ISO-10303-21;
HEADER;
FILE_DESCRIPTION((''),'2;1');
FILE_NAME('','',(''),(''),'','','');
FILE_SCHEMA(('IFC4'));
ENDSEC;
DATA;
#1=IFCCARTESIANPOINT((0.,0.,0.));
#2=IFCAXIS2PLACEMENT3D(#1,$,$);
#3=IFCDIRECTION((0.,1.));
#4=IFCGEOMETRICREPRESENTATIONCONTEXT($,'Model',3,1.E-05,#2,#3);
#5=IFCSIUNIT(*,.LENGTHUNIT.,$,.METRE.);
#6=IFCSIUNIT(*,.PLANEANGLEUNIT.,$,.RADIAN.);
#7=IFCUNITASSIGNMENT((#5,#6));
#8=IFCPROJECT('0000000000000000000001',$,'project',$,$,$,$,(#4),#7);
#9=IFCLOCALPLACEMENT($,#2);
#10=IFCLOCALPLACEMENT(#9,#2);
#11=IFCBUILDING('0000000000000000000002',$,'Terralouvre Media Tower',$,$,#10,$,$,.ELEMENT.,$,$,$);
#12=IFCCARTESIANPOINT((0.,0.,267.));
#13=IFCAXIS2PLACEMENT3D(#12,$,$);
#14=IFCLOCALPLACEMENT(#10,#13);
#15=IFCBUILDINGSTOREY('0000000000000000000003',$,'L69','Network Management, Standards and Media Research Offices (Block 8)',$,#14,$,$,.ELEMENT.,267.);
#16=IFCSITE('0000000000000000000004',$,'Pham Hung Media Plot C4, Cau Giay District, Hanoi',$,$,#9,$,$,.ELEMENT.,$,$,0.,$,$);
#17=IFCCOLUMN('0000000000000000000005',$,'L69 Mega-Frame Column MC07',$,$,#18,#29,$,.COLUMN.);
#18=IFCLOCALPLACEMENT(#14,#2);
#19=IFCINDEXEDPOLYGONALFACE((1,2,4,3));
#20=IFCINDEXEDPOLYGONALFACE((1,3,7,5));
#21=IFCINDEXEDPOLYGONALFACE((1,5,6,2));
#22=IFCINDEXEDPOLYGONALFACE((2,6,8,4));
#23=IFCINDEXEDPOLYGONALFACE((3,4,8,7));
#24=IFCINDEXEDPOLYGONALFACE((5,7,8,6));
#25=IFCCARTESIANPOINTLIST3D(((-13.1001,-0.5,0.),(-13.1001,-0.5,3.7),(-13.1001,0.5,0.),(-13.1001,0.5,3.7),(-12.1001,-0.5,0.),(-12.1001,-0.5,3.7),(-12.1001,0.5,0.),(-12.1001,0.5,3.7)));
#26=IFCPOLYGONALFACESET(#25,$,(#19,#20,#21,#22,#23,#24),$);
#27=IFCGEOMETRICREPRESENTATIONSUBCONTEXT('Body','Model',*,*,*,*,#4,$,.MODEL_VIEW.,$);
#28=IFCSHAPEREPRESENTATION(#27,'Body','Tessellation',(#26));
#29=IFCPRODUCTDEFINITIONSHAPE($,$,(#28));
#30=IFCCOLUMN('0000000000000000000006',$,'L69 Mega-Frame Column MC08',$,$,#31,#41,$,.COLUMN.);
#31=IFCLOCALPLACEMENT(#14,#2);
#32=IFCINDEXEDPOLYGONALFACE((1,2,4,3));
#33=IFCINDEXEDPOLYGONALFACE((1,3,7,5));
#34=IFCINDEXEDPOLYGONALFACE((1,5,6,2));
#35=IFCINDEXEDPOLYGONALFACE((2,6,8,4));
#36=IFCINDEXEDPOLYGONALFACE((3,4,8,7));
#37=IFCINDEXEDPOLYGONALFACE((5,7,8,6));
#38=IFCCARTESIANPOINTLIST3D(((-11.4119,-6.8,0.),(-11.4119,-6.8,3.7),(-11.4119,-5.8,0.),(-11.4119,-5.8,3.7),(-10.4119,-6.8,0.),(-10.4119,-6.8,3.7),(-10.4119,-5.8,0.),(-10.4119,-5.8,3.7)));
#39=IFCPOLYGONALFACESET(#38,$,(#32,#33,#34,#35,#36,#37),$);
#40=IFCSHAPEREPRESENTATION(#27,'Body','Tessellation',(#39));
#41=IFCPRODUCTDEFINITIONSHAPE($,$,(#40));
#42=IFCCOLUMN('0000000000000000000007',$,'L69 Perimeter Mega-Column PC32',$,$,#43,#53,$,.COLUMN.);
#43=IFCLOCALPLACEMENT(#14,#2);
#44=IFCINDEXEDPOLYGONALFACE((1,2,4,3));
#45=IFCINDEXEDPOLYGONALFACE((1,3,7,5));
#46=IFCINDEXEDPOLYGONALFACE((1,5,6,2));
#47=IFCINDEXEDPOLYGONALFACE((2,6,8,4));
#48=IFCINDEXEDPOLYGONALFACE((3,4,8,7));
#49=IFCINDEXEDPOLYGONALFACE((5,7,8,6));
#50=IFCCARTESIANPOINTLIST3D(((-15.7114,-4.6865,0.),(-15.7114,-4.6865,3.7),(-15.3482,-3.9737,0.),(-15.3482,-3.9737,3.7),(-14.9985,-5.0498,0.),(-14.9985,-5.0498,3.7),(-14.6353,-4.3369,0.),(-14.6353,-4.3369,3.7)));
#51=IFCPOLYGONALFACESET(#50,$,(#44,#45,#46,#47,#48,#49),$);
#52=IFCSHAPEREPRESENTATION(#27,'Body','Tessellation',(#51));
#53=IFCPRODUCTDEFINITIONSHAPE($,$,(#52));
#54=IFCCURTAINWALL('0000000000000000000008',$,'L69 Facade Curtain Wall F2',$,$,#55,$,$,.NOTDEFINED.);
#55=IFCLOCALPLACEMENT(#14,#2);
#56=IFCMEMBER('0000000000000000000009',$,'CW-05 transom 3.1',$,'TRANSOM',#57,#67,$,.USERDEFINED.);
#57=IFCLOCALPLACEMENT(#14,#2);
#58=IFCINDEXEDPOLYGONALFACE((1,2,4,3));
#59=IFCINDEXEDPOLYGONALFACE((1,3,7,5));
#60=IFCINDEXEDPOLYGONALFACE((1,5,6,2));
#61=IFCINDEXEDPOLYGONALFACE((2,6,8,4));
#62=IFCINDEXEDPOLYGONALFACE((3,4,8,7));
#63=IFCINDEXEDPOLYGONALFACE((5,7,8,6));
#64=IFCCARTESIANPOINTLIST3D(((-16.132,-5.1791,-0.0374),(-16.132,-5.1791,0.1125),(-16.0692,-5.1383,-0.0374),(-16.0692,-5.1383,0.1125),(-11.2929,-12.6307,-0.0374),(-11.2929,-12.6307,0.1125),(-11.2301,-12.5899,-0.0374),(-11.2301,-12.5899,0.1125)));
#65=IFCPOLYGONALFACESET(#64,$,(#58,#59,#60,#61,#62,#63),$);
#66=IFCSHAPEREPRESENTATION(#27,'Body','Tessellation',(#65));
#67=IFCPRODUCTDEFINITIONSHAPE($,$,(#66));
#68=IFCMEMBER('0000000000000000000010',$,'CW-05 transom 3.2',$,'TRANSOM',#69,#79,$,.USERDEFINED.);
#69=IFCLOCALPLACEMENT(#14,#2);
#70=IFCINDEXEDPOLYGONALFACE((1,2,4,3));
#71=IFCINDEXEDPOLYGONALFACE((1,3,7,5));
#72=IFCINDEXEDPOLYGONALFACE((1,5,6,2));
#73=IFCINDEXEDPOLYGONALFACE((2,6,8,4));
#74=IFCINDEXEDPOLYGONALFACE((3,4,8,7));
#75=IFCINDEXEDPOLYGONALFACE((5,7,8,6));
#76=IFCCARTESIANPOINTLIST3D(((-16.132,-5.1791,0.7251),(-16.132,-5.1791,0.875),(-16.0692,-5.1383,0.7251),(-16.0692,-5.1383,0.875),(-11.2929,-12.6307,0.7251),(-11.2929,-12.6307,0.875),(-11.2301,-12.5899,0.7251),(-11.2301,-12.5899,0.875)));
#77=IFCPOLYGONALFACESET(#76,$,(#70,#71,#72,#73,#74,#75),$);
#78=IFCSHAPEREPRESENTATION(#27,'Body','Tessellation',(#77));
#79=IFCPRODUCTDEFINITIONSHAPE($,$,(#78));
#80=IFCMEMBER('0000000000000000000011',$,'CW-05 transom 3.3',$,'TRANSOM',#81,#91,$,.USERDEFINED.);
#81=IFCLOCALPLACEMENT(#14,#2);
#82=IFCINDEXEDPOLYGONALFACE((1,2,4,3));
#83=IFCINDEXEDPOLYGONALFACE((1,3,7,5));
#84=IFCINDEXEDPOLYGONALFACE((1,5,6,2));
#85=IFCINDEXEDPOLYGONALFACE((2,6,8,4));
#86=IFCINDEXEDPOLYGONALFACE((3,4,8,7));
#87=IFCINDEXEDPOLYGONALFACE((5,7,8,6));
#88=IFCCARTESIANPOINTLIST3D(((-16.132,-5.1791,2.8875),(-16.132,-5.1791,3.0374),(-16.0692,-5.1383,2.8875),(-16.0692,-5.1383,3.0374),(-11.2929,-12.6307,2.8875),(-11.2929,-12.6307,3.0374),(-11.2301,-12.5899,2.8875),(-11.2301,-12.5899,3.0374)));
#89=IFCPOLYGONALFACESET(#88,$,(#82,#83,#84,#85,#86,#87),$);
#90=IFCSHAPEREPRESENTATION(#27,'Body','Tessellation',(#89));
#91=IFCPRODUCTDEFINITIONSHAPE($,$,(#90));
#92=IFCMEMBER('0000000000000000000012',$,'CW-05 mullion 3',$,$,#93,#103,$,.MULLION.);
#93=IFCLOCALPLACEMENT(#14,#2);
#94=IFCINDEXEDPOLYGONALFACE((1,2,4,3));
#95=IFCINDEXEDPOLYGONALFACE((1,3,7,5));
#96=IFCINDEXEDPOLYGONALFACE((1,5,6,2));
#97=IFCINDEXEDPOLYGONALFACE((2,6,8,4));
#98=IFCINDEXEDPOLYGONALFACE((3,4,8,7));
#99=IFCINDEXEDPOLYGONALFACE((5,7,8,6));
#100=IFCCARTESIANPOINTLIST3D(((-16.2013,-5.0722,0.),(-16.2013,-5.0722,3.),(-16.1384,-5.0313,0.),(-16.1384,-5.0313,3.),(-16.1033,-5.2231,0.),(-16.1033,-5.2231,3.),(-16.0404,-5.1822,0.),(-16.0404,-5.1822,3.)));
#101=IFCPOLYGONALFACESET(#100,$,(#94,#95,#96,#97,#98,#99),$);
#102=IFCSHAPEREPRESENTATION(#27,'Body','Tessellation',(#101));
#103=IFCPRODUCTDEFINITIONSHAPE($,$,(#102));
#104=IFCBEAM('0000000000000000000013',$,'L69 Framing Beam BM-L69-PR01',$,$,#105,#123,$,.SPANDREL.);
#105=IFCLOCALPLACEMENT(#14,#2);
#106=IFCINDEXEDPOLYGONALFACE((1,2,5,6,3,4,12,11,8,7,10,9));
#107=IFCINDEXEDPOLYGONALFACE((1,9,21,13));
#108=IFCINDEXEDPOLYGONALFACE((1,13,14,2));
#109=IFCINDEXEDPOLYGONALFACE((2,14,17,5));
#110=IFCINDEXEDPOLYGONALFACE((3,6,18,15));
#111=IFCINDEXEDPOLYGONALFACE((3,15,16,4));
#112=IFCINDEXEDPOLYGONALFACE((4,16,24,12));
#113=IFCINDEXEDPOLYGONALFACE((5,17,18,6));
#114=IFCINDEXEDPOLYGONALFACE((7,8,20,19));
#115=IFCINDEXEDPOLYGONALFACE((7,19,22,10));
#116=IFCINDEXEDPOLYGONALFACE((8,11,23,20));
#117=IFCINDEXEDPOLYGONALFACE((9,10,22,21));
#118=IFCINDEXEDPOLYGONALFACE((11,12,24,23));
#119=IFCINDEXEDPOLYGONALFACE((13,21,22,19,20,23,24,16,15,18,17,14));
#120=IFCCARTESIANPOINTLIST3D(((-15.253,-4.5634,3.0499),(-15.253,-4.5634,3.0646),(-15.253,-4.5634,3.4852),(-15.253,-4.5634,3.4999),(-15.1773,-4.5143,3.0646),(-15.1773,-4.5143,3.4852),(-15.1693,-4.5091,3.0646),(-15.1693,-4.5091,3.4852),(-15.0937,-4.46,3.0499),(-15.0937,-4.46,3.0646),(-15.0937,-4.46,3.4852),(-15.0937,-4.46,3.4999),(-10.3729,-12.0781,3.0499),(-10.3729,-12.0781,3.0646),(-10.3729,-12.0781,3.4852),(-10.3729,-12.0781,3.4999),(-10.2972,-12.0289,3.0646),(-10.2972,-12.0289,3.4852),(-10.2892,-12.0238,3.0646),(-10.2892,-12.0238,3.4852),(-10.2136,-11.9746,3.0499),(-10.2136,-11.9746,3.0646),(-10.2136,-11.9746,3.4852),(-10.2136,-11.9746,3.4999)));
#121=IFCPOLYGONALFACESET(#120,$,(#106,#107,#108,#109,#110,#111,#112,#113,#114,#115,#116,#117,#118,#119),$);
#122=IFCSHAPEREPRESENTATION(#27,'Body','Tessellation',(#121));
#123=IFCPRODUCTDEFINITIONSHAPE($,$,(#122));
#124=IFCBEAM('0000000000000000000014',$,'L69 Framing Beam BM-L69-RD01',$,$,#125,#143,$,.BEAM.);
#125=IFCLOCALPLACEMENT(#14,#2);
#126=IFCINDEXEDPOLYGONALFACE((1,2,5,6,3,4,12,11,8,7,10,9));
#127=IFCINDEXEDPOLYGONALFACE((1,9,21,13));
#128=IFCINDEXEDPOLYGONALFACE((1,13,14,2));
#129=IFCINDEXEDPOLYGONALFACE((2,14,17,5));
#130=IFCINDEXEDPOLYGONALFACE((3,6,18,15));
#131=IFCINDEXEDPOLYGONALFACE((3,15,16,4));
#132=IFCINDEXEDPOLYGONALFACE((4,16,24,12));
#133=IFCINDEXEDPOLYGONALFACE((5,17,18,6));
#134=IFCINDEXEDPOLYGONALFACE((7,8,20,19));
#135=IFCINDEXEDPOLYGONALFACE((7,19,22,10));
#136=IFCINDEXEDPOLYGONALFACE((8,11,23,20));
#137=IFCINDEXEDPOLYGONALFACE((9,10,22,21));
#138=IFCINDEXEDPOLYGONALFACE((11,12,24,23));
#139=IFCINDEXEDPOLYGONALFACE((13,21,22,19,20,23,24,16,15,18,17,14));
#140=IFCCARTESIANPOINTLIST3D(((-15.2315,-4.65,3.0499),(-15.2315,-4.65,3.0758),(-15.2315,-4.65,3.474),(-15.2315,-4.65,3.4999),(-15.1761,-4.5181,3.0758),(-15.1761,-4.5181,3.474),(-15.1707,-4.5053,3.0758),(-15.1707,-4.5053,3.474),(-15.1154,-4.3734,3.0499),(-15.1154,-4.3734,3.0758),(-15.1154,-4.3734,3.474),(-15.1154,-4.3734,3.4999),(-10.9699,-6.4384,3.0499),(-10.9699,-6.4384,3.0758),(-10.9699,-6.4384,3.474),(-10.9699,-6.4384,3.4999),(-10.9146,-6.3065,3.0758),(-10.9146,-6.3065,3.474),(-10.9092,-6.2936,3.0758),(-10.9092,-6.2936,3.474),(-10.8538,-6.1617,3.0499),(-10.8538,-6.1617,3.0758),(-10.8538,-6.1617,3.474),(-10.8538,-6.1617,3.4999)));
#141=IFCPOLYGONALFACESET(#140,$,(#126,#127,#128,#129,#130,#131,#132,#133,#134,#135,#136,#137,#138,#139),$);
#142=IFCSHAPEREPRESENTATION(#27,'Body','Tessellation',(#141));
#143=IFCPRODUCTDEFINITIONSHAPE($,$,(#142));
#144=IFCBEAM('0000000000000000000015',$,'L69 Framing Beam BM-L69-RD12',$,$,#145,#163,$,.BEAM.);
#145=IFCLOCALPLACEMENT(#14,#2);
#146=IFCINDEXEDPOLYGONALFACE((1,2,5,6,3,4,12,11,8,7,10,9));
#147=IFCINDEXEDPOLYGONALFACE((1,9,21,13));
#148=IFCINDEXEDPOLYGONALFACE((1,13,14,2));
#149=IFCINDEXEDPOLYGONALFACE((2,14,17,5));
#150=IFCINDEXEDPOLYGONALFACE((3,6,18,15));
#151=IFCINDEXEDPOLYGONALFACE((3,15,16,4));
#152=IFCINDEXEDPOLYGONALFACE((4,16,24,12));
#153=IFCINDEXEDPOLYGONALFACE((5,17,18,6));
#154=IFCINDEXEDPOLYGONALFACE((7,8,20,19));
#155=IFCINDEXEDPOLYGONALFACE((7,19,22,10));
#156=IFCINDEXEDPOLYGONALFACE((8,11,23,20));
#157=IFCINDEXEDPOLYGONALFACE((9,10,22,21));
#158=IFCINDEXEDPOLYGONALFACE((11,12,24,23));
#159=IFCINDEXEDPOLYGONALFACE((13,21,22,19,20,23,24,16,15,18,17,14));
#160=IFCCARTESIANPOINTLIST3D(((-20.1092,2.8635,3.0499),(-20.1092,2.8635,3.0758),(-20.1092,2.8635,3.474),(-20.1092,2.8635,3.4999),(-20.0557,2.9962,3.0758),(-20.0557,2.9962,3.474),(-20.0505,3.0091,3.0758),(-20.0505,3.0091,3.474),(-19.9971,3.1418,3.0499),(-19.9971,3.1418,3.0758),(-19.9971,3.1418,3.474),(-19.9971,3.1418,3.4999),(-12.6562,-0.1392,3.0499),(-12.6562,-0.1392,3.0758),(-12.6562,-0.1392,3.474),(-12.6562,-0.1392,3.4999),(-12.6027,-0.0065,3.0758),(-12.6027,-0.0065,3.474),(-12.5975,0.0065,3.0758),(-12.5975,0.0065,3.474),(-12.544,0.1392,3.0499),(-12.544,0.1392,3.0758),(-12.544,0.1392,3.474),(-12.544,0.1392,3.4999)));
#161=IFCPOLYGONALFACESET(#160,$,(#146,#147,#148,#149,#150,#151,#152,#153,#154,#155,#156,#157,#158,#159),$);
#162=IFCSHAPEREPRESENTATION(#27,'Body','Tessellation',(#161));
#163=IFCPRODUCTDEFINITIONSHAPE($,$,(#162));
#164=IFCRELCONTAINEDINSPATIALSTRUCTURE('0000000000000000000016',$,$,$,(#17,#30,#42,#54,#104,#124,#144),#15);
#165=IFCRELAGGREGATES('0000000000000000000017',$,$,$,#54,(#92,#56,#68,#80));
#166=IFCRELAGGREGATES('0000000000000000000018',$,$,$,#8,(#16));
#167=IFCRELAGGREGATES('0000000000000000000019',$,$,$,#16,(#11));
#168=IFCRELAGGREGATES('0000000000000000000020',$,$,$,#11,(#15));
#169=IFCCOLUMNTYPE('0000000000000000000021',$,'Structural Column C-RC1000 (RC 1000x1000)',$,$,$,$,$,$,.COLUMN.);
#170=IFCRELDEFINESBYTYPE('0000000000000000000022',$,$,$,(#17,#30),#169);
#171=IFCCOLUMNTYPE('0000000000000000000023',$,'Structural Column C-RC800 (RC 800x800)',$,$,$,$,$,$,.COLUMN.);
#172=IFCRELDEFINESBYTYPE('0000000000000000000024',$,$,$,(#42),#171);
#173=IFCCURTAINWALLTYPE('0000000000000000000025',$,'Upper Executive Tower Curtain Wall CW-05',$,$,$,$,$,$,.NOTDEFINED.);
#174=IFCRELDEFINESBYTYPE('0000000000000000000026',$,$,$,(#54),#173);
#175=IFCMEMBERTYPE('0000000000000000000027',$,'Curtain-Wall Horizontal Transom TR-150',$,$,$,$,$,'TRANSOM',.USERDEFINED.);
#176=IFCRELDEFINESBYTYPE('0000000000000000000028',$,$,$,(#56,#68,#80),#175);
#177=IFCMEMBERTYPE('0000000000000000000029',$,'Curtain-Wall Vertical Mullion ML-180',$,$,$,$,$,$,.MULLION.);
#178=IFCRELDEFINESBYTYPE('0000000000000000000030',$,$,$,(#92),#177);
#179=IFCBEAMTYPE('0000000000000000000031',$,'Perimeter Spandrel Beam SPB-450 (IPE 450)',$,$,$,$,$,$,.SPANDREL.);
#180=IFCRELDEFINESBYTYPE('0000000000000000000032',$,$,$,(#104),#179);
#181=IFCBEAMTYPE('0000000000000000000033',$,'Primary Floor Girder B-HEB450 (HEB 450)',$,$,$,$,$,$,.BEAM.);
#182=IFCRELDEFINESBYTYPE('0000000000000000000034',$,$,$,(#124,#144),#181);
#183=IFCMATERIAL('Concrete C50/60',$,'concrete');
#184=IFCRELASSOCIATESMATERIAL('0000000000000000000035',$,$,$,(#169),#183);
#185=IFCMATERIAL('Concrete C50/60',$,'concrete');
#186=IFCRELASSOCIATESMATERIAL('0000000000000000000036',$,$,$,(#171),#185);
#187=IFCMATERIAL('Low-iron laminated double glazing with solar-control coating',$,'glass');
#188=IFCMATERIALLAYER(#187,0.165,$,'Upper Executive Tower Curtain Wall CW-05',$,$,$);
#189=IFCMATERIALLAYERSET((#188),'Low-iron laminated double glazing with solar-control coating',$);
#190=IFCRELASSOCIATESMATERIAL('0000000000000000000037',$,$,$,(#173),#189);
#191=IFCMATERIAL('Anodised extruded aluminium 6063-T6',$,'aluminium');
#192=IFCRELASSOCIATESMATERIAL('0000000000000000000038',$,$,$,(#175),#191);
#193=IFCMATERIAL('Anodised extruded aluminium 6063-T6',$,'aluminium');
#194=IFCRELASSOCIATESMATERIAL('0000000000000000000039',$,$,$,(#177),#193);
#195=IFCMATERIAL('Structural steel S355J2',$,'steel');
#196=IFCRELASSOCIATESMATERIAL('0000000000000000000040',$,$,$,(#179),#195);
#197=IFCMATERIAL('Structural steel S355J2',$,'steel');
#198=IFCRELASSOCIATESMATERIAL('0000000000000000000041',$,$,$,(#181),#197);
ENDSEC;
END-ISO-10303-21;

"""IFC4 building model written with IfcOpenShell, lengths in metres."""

from ifc_helpers import new_model, si_unit, direction, frame, origin, origin_2d, place, context, subcontext, project, spatial, rectangle, i_section, extrude, material, layer, layer_set, material_profile, profile_set, type_object, element, aggregate, save


model = new_model("IFC4")

# Units and contexts
model_context = context("Model", 3, precision=1e-05, world=origin(), true_north=direction((0.0, 1.0)))
body_context = subcontext(model_context, "Body", "Model", "MODEL_VIEW")
ifc_project = project(units=[si_unit("LENGTHUNIT", "METRE"), si_unit("PLANEANGLEUNIT", "RADIAN")], contexts=[model_context])

# Site, building, storey
site_placement = place(None, origin())
site = spatial("IfcSite", under=ifc_project, at=site_placement, Name="Pham Hung Media Plot C4, Cau Giay District, Hanoi", CompositionType="ELEMENT", RefElevation=0.0)
building_placement = place(site_placement, origin())
building = spatial("IfcBuilding", under=site, at=building_placement, Name="Terralouvre Media Tower", CompositionType="ELEMENT")
storey_placement = place(building_placement, frame((0.0, 0.0, 267.0)))
storey = spatial("IfcBuildingStorey", under=building, at=storey_placement, Name="L69", Description="Network Management, Standards and Media Research Offices (Block 8)", CompositionType="ELEMENT", Elevation=267.0)

# Columns
ifc_material_1 = material(Name="Concrete C50/60", Category="concrete")
ifc_material_profile_1 = material_profile(ifc_material_1, rectangle(XDim=1.0, YDim=1.0, at=origin_2d()), Name="RC 1000x1000")
ifc_profile_set_1 = profile_set([ifc_material_profile_1], Name="Concrete C50/60")
column_type_1 = type_object("IfcColumnType", Name="Structural Column C-RC1000 (RC 1000x1000)", PredefinedType="COLUMN", material=ifc_profile_set_1)
for number, where, z_axis, x_axis, name in (
    (1, (-12.6001, 0.0, 0.0), (0.0, 0.0, 1.0), (1.0, 0.0, 0.0), "L69 Mega-Frame Column MC07"),
    (2, (-10.9119, -6.3, 0.0), (0.0, 0.0, 1.0), (1.0, 0.0, 0.0), "L69 Mega-Frame Column MC08"),
):
    element("IfcColumn", number, at=place(storey_placement, frame(where, z_axis=z_axis, x_axis=x_axis)), inside=storey, type_object=column_type_1, Name=name, PredefinedType="COLUMN", context=body_context, shape_type="SweptSolid", body=[
        extrude(rectangle(XDim=1.0, YDim=1.0, at=origin_2d()), origin(), (0.0, 0.0, 1.0), 3.7),
    ])
ifc_material_2 = material(Name="Concrete C50/60", Category="concrete")
ifc_material_profile_2 = material_profile(ifc_material_2, rectangle(XDim=0.8, YDim=0.8, at=origin_2d()), Name="RC 800x800")
ifc_profile_set_2 = profile_set([ifc_material_profile_2], Name="Concrete C50/60")
column_type_2 = type_object("IfcColumnType", Name="Structural Column C-RC800 (RC 800x800)", PredefinedType="COLUMN", material=ifc_profile_set_2)
column_placement = place(storey_placement, frame((-15.1733, -4.5117, 0.0), z_axis=(0.0, 0.0, 1.0), x_axis=(0.45399, 0.891007, 0.0)))
element("IfcColumn", 3, at=column_placement, inside=storey, type_object=column_type_2, Name="L69 Perimeter Mega-Column PC32", PredefinedType="COLUMN", context=body_context, shape_type="SweptSolid", body=[
    extrude(rectangle(XDim=0.8, YDim=0.8, at=origin_2d()), origin(), (0.0, 0.0, 1.0), 3.7),
])

# Curtain wall, members
ifc_material_3 = material(Name="Low-iron laminated double glazing with solar-control coating", Category="glass")
ifc_layer_1 = layer(ifc_material_3, 0.165, Name="Upper Executive Tower Curtain Wall CW-05")
ifc_layer_set_1 = layer_set([ifc_layer_1], Name="Low-iron laminated double glazing with solar-control coating")
curtain_wall_type = type_object("IfcCurtainWallType", Name="Upper Executive Tower Curtain Wall CW-05", PredefinedType="NOTDEFINED", material=ifc_layer_set_1)
curtain_wall_placement = place(storey_placement, origin())
curtain_wall = element("IfcCurtainWall", 4, at=curtain_wall_placement, inside=storey, type_object=curtain_wall_type, Name="L69 Facade Curtain Wall F2", PredefinedType="NOTDEFINED")
ifc_material_4 = material(Name="Anodised extruded aluminium 6063-T6", Category="aluminium")
ifc_material_profile_3 = material_profile(ifc_material_4, rectangle(XDim=0.075, YDim=0.1499, at=origin_2d()), Name="ALU 75x150")
ifc_profile_set_3 = profile_set([ifc_material_profile_3], Name="Anodised extruded aluminium 6063-T6")
member_type_1 = type_object("IfcMemberType", Name="Curtain-Wall Horizontal Transom TR-150", ElementType="TRANSOM", PredefinedType="USERDEFINED", material=ifc_profile_set_3)
member_1_placement = place(storey_placement, frame((-16.1006, -5.1587, 0.0376), z_axis=(0.544635, -0.838673, 0.0), x_axis=(0.838673, 0.544635, 0.0)))
member_1 = element("IfcMember", 5, at=member_1_placement, type_object=member_type_1, Name="CW-05 transom 3.1", ObjectType="TRANSOM", PredefinedType="USERDEFINED", context=body_context, shape_type="SweptSolid", body=[
    extrude(rectangle(XDim=0.075, YDim=0.1499, at=origin_2d()), origin(), (0.0, 0.0, 1.0), 8.885),
])
member_2_placement = place(storey_placement, frame((-16.1006, -5.1587, 0.8), z_axis=(0.544635, -0.838673, 0.0), x_axis=(0.838673, 0.544635, 0.0)))
member_2 = element("IfcMember", 6, at=member_2_placement, type_object=member_type_1, Name="CW-05 transom 3.2", ObjectType="TRANSOM", PredefinedType="USERDEFINED", context=body_context, shape_type="SweptSolid", body=[
    extrude(rectangle(XDim=0.075, YDim=0.1499, at=origin_2d()), origin(), (0.0, 0.0, 1.0), 8.885),
])
member_3_placement = place(storey_placement, frame((-16.1006, -5.1587, 2.9624), z_axis=(0.544635, -0.838673, 0.0), x_axis=(0.838673, 0.544635, 0.0)))
member_3 = element("IfcMember", 7, at=member_3_placement, type_object=member_type_1, Name="CW-05 transom 3.3", ObjectType="TRANSOM", PredefinedType="USERDEFINED", context=body_context, shape_type="SweptSolid", body=[
    extrude(rectangle(XDim=0.075, YDim=0.1499, at=origin_2d()), origin(), (0.0, 0.0, 1.0), 8.885),
])
ifc_material_5 = material(Name="Anodised extruded aluminium 6063-T6", Category="aluminium")
ifc_material_profile_4 = material_profile(ifc_material_5, rectangle(XDim=0.075, YDim=0.1799, at=origin_2d()), Name="ALU 75x180")
ifc_profile_set_4 = profile_set([ifc_material_profile_4], Name="Anodised extruded aluminium 6063-T6")
member_type_2 = type_object("IfcMemberType", Name="Curtain-Wall Vertical Mullion ML-180", PredefinedType="MULLION", material=ifc_profile_set_4)
member_4_placement = place(storey_placement, frame((-16.1208, -5.1272, 0.0), z_axis=(0.0, 0.0, 1.0), x_axis=(0.838671, 0.544639, 0.0)))
member_4 = element("IfcMember", 8, at=member_4_placement, type_object=member_type_2, Name="CW-05 mullion 3", PredefinedType="MULLION", context=body_context, shape_type="SweptSolid", body=[
    extrude(rectangle(XDim=0.075, YDim=0.1799, at=origin_2d()), origin(), (0.0, 0.0, 1.0), 3.0),
])

# Beams
ifc_material_6 = material(Name="Structural steel S355J2", Category="steel")
ifc_material_profile_5 = material_profile(ifc_material_6, i_section(OverallWidth=0.1899, OverallDepth=0.45, WebThickness=0.0095, FlangeThickness=0.0146, at=origin_2d()), Name="IPE 450")
ifc_profile_set_5 = profile_set([ifc_material_profile_5], Name="Structural steel S355J2")
beam_type_1 = type_object("IfcBeamType", Name="Perimeter Spandrel Beam SPB-450 (IPE 450)", PredefinedType="SPANDREL", material=ifc_profile_set_5)
beam_1_placement = place(storey_placement, frame((-15.1733, -4.5117, 3.2749), z_axis=(0.544644, -0.838668, 0.0), x_axis=(0.838668, 0.544644, 0.0)))
element("IfcBeam", 9, at=beam_1_placement, inside=storey, type_object=beam_type_1, Name="L69 Framing Beam BM-L69-PR01", PredefinedType="SPANDREL", context=body_context, shape_type="SweptSolid", body=[
    extrude(i_section(OverallWidth=0.1899, OverallDepth=0.45, WebThickness=0.0095, FlangeThickness=0.0146, at=origin_2d()), origin(), (0.0, 0.0, 1.0), 8.9602),
])
ifc_material_7 = material(Name="Structural steel S355J2", Category="steel")
ifc_material_profile_6 = material_profile(ifc_material_7, i_section(OverallWidth=0.3, OverallDepth=0.45, WebThickness=0.0139, FlangeThickness=0.0259, at=origin_2d()), Name="HEB 450")
ifc_profile_set_6 = profile_set([ifc_material_profile_6], Name="Structural steel S355J2")
beam_type_2 = type_object("IfcBeamType", Name="Primary Floor Girder B-HEB450 (HEB 450)", PredefinedType="BEAM", material=ifc_profile_set_6)
beam_2_placement = place(storey_placement, frame((-10.9119, -6.3, 3.2749), z_axis=(-0.922097, 0.386959, 0.0), x_axis=(-0.386959, -0.922097, 0.0)))
element("IfcBeam", 10, at=beam_2_placement, inside=storey, type_object=beam_type_2, Name="L69 Framing Beam BM-L69-RD01", PredefinedType="BEAM", context=body_context, shape_type="SweptSolid", body=[
    extrude(i_section(OverallWidth=0.3, OverallDepth=0.45, WebThickness=0.0139, FlangeThickness=0.0259, at=origin_2d()), origin(), (0.0, 0.0, 1.0), 4.6216),
])
beam_3_placement = place(storey_placement, frame((-12.6001, 0.0, 3.2749), z_axis=(-0.927554, 0.373689, 0.0), x_axis=(-0.373689, -0.927554, 0.0)))
element("IfcBeam", 11, at=beam_3_placement, inside=storey, type_object=beam_type_2, Name="L69 Framing Beam BM-L69-RD12", PredefinedType="BEAM", context=body_context, shape_type="SweptSolid", body=[
    extrude(i_section(OverallWidth=0.3, OverallDepth=0.45, WebThickness=0.0139, FlangeThickness=0.0259, at=origin_2d()), origin(), (0.0, 0.0, 1.0), 8.0352),
])

aggregate(curtain_wall, [member_4, member_1, member_2, member_3])

save(model, "model.ifc")
